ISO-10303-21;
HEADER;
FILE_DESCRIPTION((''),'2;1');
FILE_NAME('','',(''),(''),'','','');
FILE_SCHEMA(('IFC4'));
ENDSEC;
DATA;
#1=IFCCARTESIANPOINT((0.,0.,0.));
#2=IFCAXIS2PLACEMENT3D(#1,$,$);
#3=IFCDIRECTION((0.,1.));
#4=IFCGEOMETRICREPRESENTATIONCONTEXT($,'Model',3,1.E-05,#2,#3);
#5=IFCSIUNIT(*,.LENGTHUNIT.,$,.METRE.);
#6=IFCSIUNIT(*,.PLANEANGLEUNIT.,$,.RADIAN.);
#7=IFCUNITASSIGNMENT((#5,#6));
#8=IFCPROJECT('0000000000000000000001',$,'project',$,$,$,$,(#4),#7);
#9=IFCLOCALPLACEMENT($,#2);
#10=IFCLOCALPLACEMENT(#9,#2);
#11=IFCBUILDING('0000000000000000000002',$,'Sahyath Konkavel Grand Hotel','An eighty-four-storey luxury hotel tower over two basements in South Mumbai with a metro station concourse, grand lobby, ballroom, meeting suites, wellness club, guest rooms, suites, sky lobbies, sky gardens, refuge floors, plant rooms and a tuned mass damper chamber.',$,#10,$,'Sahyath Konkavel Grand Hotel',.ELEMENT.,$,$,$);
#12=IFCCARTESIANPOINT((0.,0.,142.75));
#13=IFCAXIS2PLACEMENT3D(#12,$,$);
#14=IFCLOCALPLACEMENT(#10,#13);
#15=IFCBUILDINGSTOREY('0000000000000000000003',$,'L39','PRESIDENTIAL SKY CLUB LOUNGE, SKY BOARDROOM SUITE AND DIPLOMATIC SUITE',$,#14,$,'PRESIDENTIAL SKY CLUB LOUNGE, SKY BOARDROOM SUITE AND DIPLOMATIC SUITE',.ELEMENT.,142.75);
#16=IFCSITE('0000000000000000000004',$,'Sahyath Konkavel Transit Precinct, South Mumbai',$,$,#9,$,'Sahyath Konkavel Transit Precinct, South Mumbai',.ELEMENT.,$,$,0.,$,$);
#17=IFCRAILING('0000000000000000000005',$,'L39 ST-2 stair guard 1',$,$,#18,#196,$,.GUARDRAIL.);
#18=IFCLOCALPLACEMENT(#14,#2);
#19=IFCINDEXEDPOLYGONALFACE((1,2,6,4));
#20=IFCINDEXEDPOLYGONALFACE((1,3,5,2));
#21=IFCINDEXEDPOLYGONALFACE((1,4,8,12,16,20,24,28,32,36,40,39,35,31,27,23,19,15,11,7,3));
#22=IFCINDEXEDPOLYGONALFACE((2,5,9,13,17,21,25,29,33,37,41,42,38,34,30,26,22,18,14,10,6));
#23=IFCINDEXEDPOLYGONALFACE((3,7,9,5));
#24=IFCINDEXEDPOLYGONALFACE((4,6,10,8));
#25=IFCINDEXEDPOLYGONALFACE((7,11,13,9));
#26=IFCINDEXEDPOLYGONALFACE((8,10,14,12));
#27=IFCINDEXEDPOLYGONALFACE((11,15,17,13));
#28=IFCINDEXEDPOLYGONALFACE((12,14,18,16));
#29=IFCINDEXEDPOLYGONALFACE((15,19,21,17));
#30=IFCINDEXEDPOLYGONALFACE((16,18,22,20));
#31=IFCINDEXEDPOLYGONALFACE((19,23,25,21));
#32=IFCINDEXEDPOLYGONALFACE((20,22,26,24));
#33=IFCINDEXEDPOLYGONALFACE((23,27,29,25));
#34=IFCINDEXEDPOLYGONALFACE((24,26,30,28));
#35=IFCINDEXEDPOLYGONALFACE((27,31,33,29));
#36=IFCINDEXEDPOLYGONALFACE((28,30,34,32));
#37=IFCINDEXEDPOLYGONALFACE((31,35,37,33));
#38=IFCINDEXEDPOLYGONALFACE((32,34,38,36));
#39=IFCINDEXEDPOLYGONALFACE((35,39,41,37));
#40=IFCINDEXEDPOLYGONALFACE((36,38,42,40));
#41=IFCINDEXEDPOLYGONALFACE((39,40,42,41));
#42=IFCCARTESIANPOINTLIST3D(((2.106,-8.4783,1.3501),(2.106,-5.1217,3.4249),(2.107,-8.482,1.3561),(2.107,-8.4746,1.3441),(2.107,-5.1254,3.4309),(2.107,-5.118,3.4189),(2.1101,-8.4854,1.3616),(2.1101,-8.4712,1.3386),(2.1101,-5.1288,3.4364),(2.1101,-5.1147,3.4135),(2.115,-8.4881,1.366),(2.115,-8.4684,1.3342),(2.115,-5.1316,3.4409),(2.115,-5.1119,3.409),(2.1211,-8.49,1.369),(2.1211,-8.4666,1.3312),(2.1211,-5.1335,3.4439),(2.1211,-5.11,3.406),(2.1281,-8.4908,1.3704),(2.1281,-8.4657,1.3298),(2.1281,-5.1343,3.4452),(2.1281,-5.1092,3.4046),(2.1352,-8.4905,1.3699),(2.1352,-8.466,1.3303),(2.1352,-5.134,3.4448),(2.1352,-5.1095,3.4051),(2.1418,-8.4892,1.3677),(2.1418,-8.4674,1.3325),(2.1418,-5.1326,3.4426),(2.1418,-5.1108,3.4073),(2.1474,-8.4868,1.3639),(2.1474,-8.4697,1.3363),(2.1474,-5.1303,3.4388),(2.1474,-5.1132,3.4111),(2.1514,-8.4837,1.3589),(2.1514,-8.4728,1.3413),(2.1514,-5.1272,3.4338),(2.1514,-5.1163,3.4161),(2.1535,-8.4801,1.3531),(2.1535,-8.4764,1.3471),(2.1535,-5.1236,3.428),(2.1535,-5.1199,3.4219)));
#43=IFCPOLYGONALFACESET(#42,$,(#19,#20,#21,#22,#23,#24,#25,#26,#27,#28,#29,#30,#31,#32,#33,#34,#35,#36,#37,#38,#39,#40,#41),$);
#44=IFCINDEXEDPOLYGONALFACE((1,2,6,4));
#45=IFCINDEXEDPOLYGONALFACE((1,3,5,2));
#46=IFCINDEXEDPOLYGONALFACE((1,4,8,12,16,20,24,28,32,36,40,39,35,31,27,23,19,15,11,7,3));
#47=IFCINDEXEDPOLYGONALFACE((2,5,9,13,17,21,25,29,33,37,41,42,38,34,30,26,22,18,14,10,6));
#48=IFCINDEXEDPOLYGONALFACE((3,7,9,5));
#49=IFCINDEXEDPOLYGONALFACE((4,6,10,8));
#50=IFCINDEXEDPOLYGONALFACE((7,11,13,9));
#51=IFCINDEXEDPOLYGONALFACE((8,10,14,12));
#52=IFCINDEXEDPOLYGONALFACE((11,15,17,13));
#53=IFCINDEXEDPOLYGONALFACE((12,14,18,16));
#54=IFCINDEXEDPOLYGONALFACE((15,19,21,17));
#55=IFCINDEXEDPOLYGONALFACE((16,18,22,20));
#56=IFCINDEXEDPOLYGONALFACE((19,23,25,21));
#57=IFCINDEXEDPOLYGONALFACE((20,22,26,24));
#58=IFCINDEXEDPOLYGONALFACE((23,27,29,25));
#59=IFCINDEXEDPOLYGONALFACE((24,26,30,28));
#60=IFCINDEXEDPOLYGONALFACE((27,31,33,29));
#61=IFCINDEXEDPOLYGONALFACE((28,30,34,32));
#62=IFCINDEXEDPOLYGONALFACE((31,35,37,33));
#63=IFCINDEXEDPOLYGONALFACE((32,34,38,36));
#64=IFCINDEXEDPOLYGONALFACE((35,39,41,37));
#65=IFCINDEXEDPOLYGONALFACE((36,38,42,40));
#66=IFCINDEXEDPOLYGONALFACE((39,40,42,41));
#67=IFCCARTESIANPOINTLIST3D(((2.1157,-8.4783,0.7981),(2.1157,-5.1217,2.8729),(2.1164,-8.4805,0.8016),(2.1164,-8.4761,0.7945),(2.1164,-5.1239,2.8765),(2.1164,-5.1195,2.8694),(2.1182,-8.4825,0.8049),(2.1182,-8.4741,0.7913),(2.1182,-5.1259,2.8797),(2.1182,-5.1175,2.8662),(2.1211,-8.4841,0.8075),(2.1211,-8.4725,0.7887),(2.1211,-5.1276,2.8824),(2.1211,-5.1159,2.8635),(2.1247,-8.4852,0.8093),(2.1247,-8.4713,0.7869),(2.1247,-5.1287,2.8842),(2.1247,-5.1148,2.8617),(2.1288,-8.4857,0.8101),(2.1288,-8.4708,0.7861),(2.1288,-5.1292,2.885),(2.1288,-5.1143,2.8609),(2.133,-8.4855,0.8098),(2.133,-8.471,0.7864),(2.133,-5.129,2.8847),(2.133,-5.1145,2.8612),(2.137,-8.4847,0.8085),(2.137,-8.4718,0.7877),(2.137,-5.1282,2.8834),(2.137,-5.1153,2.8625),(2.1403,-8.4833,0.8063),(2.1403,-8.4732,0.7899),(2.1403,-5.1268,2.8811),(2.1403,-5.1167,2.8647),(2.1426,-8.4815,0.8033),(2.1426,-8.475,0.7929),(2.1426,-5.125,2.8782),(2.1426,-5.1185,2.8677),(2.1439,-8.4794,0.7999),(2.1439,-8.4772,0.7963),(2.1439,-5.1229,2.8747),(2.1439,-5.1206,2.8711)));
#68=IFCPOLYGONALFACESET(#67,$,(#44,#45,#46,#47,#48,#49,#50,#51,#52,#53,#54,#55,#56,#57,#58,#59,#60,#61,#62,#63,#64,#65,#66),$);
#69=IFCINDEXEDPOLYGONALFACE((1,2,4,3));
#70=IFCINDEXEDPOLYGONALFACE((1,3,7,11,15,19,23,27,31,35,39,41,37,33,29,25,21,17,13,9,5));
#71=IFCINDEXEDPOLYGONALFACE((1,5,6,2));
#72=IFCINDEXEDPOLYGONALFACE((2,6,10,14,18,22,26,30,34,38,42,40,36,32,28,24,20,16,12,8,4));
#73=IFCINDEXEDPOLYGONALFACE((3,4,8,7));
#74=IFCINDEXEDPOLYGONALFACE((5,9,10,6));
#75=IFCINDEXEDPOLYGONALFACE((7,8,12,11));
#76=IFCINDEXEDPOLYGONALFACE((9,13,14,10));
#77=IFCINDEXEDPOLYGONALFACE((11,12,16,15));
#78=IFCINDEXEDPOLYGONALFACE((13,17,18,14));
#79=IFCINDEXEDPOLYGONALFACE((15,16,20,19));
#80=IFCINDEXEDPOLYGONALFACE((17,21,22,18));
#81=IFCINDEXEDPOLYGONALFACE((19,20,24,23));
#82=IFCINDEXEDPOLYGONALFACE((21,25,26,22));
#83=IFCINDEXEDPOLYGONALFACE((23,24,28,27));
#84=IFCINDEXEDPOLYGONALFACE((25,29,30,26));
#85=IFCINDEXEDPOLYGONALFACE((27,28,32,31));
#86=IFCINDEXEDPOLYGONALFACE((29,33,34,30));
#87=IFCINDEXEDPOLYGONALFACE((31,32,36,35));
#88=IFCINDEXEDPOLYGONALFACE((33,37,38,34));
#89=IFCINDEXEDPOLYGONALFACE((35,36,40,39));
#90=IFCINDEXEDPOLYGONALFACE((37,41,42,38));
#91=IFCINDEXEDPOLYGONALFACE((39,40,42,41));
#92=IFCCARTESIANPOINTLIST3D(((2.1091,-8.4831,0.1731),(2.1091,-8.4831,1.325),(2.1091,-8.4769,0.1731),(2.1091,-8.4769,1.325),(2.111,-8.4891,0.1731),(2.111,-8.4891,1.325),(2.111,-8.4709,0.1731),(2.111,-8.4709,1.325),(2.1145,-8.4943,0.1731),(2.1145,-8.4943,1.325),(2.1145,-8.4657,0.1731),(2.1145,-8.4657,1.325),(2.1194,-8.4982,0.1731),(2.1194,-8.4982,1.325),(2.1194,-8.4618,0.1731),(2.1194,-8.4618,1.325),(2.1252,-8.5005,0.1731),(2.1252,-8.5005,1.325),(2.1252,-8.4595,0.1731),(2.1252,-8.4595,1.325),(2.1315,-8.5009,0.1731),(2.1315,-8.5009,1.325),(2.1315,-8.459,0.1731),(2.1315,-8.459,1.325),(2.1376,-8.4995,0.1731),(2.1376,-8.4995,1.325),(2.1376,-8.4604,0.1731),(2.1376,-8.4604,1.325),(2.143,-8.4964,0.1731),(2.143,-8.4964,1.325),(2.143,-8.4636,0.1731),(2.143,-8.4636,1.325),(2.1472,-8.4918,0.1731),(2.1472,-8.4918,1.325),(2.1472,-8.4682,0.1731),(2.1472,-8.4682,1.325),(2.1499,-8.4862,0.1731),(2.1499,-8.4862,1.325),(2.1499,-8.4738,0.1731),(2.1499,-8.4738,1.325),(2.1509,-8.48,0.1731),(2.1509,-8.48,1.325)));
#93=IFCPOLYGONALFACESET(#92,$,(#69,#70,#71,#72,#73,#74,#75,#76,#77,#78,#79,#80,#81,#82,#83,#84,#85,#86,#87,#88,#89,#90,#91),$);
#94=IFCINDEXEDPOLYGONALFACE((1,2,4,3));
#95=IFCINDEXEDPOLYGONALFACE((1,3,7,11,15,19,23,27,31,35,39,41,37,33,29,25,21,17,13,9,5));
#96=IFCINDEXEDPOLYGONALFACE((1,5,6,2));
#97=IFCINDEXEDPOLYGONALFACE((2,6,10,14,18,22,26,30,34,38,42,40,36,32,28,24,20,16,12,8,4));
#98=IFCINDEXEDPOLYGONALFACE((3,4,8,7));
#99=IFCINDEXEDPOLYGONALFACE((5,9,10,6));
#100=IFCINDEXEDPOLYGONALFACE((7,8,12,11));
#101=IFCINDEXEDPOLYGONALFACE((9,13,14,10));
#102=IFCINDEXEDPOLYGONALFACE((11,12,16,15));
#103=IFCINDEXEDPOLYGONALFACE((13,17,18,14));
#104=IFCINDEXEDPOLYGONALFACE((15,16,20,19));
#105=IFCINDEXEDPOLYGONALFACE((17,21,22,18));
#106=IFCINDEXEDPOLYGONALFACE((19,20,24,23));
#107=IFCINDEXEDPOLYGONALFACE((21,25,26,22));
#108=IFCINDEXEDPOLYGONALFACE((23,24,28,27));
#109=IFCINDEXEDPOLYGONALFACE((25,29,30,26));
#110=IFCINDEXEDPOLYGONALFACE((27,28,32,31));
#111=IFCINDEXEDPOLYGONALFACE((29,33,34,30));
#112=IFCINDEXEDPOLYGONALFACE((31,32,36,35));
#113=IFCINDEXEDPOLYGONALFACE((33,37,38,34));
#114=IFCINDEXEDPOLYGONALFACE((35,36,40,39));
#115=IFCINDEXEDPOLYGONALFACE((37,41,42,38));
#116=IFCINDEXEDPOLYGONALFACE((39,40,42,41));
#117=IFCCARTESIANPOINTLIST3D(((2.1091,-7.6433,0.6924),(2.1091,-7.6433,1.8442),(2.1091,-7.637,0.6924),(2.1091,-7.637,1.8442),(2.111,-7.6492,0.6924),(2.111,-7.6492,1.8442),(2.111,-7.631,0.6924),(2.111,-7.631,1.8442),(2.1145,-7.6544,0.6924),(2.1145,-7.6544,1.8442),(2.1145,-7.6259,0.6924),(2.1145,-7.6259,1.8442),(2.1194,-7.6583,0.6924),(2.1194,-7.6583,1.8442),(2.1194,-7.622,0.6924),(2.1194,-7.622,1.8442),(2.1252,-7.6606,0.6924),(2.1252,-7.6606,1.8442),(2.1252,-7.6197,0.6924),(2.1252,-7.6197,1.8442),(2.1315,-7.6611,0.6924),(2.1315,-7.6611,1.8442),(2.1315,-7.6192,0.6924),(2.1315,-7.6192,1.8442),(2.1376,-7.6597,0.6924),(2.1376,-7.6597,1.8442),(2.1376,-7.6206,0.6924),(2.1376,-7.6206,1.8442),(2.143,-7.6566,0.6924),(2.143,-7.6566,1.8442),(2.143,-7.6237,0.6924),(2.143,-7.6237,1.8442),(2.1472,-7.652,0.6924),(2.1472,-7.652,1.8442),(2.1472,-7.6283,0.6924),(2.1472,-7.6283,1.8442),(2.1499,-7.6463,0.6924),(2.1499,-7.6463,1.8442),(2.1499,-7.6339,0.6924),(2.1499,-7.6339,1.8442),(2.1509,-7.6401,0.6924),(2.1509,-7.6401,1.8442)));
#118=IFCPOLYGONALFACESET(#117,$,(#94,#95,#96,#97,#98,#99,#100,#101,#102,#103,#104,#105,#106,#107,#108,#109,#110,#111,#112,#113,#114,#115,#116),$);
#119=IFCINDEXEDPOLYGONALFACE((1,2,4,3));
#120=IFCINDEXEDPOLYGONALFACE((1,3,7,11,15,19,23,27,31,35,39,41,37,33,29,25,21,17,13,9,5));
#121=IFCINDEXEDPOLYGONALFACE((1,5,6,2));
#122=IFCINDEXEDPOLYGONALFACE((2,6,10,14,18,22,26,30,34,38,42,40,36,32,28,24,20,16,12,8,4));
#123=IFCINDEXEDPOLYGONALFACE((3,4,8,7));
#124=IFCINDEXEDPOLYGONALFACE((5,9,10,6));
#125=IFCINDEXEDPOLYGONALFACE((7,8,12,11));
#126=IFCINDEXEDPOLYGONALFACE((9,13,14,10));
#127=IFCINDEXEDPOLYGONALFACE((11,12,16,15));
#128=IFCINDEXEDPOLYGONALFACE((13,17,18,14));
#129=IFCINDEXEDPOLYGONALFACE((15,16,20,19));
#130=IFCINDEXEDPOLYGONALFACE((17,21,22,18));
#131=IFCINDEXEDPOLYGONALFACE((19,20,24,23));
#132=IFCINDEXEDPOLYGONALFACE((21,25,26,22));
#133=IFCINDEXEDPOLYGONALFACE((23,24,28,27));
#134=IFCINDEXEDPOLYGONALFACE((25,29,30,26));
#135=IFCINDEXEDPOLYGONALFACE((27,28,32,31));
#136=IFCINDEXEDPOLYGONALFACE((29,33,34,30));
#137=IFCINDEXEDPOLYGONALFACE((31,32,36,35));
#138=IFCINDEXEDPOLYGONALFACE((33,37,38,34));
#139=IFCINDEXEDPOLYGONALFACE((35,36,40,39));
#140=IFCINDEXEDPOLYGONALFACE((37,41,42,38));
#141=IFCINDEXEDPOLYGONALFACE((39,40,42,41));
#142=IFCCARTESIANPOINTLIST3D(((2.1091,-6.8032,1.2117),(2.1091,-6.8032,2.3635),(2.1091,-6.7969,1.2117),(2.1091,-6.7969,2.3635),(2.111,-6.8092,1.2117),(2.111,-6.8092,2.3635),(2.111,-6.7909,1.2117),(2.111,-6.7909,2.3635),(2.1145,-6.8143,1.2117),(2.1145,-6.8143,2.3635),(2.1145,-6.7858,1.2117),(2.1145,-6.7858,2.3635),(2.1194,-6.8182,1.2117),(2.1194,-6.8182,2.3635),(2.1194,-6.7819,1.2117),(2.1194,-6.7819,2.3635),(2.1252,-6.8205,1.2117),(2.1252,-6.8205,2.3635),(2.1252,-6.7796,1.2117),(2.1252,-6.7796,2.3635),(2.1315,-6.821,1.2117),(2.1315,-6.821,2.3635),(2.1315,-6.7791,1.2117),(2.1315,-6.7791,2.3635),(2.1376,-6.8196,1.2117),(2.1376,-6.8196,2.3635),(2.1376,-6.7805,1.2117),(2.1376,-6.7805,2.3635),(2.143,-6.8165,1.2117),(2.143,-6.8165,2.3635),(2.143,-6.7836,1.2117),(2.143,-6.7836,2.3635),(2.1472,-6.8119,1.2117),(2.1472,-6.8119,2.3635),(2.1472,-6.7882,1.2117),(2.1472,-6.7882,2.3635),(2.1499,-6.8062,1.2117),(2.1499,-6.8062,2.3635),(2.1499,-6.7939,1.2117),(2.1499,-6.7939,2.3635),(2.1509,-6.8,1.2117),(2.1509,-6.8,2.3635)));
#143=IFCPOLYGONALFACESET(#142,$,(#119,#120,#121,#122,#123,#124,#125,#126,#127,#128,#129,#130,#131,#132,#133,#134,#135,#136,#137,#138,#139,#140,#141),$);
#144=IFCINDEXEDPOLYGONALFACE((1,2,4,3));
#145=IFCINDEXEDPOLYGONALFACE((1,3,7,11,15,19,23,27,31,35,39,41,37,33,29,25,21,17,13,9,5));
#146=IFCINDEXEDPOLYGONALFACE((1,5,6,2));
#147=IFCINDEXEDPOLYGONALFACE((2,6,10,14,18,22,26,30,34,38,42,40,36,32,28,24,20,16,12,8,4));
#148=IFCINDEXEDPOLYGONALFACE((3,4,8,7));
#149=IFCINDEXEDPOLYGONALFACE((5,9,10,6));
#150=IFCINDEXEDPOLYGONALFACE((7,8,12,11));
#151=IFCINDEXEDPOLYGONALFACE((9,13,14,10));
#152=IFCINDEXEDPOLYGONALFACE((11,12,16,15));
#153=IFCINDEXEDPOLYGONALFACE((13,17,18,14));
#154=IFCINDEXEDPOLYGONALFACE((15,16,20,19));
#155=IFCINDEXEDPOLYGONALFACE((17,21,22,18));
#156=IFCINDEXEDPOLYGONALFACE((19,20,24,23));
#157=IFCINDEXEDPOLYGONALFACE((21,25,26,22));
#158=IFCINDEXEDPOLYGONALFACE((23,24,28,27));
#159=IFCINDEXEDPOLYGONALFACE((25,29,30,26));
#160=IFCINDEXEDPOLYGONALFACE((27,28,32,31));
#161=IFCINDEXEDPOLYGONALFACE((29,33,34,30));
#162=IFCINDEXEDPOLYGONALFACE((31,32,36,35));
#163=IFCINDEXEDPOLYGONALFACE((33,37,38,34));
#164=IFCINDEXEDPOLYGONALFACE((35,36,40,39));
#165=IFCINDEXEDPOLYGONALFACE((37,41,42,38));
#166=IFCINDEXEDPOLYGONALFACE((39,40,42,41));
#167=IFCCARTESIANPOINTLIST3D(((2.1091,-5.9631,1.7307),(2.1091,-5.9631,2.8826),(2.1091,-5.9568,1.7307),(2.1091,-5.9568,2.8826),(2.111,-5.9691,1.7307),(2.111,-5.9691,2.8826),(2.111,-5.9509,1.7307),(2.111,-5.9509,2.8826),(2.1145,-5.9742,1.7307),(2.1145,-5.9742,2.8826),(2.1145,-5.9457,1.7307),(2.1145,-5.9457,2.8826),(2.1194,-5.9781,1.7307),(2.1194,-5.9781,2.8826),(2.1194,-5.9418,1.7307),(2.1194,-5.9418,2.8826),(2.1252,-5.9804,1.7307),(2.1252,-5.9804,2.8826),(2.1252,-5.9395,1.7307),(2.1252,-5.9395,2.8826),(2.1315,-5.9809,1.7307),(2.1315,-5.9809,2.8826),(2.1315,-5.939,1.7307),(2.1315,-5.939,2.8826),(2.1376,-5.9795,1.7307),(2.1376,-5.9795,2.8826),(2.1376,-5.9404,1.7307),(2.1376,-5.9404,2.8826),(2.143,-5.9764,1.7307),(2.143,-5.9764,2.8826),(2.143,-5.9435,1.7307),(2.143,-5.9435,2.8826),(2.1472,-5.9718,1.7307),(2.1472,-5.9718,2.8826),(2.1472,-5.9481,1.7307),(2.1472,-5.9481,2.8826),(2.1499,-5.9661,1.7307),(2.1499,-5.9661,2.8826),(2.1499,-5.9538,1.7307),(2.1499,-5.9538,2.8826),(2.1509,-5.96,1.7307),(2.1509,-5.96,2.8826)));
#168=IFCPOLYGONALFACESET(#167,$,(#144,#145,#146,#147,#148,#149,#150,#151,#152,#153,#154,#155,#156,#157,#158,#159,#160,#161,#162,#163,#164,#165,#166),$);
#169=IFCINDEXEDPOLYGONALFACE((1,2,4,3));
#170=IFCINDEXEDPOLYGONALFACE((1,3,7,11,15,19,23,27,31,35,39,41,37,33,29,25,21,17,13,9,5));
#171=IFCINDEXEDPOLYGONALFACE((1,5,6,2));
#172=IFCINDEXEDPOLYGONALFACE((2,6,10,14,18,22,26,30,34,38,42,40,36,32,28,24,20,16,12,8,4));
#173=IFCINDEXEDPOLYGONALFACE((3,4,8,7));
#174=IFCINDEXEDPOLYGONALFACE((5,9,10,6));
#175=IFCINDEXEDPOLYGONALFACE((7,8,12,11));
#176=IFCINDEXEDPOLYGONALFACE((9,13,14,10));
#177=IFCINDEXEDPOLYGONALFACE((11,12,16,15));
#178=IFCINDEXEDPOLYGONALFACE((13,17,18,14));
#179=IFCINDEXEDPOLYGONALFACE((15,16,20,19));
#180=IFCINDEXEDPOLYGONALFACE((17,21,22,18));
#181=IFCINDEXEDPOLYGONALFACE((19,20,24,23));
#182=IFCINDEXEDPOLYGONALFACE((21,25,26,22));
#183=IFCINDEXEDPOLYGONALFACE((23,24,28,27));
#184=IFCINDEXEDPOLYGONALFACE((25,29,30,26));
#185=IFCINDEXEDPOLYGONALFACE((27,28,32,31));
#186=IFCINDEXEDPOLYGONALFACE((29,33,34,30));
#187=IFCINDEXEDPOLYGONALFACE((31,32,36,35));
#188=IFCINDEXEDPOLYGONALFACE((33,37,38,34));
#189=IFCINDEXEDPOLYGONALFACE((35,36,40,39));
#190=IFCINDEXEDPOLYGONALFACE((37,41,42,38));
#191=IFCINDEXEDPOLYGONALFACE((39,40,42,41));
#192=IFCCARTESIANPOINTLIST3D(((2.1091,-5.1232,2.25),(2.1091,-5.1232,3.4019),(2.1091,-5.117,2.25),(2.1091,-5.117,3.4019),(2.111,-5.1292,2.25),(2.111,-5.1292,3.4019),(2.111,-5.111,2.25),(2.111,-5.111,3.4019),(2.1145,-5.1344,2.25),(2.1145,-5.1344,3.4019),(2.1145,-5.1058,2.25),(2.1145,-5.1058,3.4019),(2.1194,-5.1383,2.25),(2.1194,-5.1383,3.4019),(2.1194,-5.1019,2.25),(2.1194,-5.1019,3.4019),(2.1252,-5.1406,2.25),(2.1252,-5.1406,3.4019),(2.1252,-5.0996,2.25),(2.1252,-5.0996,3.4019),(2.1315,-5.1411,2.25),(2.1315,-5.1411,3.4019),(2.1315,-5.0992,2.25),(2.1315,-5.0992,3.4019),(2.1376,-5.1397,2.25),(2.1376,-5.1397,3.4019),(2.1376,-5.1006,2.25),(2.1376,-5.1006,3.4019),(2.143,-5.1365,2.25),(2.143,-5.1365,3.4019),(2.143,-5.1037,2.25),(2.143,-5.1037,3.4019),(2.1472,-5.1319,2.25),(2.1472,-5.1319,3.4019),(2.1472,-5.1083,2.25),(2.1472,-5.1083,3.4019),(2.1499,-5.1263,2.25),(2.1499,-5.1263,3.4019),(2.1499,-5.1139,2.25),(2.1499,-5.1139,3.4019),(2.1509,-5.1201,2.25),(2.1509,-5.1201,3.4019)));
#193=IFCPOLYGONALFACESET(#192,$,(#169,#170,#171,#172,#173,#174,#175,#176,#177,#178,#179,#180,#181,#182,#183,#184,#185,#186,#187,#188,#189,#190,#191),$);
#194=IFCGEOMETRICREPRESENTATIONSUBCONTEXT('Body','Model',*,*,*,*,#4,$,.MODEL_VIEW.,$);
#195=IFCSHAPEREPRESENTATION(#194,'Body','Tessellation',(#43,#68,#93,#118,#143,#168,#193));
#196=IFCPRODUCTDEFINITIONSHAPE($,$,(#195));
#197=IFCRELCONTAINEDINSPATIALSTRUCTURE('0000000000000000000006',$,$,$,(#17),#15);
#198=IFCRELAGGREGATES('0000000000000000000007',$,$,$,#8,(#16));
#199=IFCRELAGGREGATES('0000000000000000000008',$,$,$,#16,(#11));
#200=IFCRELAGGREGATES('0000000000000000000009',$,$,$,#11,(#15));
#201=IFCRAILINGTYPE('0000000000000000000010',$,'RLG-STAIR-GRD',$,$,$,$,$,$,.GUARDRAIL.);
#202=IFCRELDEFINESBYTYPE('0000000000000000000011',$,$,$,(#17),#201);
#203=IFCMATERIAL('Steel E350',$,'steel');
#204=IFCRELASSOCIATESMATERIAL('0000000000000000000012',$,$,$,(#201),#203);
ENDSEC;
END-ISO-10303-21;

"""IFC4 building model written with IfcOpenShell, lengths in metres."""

from ifc_helpers import new_model, si_unit, direction, frame, origin, origin_2d, place, context, subcontext, project, spatial, circle, extrude, material, type_object, element, save


model = new_model("IFC4")

# Units and contexts
model_context = context("Model", 3, precision=1e-05, world=origin(), true_north=direction((0.0, 1.0)))
body_context = subcontext(model_context, "Body", "Model", "MODEL_VIEW")
ifc_project = project(units=[si_unit("LENGTHUNIT", "METRE"), si_unit("PLANEANGLEUNIT", "RADIAN")], contexts=[model_context])

# Site, building, storey
site_placement = place(None, origin())
site = spatial("IfcSite", under=ifc_project, at=site_placement, Name="Sahyath Konkavel Transit Precinct, South Mumbai", LongName="Sahyath Konkavel Transit Precinct, South Mumbai", CompositionType="ELEMENT", RefElevation=0.0)
building_placement = place(site_placement, origin())
building = spatial("IfcBuilding", under=site, at=building_placement, Name="Sahyath Konkavel Grand Hotel", Description="An eighty-four-storey luxury hotel tower over two basements in South Mumbai with a metro station concourse, grand lobby, ballroom, meeting suites, wellness club, guest rooms, suites, sky lobbies, sky gardens, refuge floors, plant rooms and a tuned mass damper chamber.", LongName="Sahyath Konkavel Grand Hotel", CompositionType="ELEMENT")
storey_placement = place(building_placement, frame((0.0, 0.0, 142.75)))
storey = spatial("IfcBuildingStorey", under=building, at=storey_placement, Name="L39", Description="PRESIDENTIAL SKY CLUB LOUNGE, SKY BOARDROOM SUITE AND DIPLOMATIC SUITE", LongName="PRESIDENTIAL SKY CLUB LOUNGE, SKY BOARDROOM SUITE AND DIPLOMATIC SUITE", CompositionType="ELEMENT", Elevation=142.75)

# Shared definitions
ifc_material_1 = material(Name="Steel E350", Category="steel")

# Railing
railing_type_1 = type_object("IfcRailingType", Name="RLG-STAIR-GRD", PredefinedType="GUARDRAIL", material=ifc_material_1)
railing_1_placement = place(storey_placement, frame((2.1299, -8.48, 0.1731)))
element("IfcRailing", 1, at=railing_1_placement, inside=storey, type_object=railing_type_1, Name="L39 ST-2 stair guard 1", PredefinedType="GUARDRAIL", context=body_context, shape_type="SweptSolid", body=[
    extrude(circle(Radius=0.0239, at=origin_2d()), frame((0.0, 0.0017, 1.177), z_axis=(0.0, 0.850606, 0.525803), x_axis=(-1.0, 0.0, 0.0)), (0.0, 0.0, 1.0), 3.946),
    extrude(circle(Radius=0.0142, at=origin_2d()), frame((0.0, 0.0017, 0.625), z_axis=(0.0, 0.850606, 0.525803), x_axis=(-1.0, 0.0, 0.0)), (0.0, 0.0, 1.0), 3.946),
    extrude(circle(Radius=0.021, at=origin_2d()), origin(), (0.0, 0.0, 1.0), 1.1519),
    extrude(circle(Radius=0.021, at=origin_2d()), frame((0.0, 0.8398, 0.5193)), (0.0, 0.0, 1.0), 1.1519),
    extrude(circle(Radius=0.021, at=origin_2d()), frame((0.0, 1.6799, 1.0386)), (0.0, 0.0, 1.0), 1.1519),
    extrude(circle(Radius=0.021, at=origin_2d()), frame((0.0, 2.52, 1.5576)), (0.0, 0.0, 1.0), 1.1519),
    extrude(circle(Radius=0.021, at=origin_2d()), frame((0.0, 3.3599, 2.0769)), (0.0, 0.0, 1.0), 1.1519),
])

save(model, "model.ifc")
